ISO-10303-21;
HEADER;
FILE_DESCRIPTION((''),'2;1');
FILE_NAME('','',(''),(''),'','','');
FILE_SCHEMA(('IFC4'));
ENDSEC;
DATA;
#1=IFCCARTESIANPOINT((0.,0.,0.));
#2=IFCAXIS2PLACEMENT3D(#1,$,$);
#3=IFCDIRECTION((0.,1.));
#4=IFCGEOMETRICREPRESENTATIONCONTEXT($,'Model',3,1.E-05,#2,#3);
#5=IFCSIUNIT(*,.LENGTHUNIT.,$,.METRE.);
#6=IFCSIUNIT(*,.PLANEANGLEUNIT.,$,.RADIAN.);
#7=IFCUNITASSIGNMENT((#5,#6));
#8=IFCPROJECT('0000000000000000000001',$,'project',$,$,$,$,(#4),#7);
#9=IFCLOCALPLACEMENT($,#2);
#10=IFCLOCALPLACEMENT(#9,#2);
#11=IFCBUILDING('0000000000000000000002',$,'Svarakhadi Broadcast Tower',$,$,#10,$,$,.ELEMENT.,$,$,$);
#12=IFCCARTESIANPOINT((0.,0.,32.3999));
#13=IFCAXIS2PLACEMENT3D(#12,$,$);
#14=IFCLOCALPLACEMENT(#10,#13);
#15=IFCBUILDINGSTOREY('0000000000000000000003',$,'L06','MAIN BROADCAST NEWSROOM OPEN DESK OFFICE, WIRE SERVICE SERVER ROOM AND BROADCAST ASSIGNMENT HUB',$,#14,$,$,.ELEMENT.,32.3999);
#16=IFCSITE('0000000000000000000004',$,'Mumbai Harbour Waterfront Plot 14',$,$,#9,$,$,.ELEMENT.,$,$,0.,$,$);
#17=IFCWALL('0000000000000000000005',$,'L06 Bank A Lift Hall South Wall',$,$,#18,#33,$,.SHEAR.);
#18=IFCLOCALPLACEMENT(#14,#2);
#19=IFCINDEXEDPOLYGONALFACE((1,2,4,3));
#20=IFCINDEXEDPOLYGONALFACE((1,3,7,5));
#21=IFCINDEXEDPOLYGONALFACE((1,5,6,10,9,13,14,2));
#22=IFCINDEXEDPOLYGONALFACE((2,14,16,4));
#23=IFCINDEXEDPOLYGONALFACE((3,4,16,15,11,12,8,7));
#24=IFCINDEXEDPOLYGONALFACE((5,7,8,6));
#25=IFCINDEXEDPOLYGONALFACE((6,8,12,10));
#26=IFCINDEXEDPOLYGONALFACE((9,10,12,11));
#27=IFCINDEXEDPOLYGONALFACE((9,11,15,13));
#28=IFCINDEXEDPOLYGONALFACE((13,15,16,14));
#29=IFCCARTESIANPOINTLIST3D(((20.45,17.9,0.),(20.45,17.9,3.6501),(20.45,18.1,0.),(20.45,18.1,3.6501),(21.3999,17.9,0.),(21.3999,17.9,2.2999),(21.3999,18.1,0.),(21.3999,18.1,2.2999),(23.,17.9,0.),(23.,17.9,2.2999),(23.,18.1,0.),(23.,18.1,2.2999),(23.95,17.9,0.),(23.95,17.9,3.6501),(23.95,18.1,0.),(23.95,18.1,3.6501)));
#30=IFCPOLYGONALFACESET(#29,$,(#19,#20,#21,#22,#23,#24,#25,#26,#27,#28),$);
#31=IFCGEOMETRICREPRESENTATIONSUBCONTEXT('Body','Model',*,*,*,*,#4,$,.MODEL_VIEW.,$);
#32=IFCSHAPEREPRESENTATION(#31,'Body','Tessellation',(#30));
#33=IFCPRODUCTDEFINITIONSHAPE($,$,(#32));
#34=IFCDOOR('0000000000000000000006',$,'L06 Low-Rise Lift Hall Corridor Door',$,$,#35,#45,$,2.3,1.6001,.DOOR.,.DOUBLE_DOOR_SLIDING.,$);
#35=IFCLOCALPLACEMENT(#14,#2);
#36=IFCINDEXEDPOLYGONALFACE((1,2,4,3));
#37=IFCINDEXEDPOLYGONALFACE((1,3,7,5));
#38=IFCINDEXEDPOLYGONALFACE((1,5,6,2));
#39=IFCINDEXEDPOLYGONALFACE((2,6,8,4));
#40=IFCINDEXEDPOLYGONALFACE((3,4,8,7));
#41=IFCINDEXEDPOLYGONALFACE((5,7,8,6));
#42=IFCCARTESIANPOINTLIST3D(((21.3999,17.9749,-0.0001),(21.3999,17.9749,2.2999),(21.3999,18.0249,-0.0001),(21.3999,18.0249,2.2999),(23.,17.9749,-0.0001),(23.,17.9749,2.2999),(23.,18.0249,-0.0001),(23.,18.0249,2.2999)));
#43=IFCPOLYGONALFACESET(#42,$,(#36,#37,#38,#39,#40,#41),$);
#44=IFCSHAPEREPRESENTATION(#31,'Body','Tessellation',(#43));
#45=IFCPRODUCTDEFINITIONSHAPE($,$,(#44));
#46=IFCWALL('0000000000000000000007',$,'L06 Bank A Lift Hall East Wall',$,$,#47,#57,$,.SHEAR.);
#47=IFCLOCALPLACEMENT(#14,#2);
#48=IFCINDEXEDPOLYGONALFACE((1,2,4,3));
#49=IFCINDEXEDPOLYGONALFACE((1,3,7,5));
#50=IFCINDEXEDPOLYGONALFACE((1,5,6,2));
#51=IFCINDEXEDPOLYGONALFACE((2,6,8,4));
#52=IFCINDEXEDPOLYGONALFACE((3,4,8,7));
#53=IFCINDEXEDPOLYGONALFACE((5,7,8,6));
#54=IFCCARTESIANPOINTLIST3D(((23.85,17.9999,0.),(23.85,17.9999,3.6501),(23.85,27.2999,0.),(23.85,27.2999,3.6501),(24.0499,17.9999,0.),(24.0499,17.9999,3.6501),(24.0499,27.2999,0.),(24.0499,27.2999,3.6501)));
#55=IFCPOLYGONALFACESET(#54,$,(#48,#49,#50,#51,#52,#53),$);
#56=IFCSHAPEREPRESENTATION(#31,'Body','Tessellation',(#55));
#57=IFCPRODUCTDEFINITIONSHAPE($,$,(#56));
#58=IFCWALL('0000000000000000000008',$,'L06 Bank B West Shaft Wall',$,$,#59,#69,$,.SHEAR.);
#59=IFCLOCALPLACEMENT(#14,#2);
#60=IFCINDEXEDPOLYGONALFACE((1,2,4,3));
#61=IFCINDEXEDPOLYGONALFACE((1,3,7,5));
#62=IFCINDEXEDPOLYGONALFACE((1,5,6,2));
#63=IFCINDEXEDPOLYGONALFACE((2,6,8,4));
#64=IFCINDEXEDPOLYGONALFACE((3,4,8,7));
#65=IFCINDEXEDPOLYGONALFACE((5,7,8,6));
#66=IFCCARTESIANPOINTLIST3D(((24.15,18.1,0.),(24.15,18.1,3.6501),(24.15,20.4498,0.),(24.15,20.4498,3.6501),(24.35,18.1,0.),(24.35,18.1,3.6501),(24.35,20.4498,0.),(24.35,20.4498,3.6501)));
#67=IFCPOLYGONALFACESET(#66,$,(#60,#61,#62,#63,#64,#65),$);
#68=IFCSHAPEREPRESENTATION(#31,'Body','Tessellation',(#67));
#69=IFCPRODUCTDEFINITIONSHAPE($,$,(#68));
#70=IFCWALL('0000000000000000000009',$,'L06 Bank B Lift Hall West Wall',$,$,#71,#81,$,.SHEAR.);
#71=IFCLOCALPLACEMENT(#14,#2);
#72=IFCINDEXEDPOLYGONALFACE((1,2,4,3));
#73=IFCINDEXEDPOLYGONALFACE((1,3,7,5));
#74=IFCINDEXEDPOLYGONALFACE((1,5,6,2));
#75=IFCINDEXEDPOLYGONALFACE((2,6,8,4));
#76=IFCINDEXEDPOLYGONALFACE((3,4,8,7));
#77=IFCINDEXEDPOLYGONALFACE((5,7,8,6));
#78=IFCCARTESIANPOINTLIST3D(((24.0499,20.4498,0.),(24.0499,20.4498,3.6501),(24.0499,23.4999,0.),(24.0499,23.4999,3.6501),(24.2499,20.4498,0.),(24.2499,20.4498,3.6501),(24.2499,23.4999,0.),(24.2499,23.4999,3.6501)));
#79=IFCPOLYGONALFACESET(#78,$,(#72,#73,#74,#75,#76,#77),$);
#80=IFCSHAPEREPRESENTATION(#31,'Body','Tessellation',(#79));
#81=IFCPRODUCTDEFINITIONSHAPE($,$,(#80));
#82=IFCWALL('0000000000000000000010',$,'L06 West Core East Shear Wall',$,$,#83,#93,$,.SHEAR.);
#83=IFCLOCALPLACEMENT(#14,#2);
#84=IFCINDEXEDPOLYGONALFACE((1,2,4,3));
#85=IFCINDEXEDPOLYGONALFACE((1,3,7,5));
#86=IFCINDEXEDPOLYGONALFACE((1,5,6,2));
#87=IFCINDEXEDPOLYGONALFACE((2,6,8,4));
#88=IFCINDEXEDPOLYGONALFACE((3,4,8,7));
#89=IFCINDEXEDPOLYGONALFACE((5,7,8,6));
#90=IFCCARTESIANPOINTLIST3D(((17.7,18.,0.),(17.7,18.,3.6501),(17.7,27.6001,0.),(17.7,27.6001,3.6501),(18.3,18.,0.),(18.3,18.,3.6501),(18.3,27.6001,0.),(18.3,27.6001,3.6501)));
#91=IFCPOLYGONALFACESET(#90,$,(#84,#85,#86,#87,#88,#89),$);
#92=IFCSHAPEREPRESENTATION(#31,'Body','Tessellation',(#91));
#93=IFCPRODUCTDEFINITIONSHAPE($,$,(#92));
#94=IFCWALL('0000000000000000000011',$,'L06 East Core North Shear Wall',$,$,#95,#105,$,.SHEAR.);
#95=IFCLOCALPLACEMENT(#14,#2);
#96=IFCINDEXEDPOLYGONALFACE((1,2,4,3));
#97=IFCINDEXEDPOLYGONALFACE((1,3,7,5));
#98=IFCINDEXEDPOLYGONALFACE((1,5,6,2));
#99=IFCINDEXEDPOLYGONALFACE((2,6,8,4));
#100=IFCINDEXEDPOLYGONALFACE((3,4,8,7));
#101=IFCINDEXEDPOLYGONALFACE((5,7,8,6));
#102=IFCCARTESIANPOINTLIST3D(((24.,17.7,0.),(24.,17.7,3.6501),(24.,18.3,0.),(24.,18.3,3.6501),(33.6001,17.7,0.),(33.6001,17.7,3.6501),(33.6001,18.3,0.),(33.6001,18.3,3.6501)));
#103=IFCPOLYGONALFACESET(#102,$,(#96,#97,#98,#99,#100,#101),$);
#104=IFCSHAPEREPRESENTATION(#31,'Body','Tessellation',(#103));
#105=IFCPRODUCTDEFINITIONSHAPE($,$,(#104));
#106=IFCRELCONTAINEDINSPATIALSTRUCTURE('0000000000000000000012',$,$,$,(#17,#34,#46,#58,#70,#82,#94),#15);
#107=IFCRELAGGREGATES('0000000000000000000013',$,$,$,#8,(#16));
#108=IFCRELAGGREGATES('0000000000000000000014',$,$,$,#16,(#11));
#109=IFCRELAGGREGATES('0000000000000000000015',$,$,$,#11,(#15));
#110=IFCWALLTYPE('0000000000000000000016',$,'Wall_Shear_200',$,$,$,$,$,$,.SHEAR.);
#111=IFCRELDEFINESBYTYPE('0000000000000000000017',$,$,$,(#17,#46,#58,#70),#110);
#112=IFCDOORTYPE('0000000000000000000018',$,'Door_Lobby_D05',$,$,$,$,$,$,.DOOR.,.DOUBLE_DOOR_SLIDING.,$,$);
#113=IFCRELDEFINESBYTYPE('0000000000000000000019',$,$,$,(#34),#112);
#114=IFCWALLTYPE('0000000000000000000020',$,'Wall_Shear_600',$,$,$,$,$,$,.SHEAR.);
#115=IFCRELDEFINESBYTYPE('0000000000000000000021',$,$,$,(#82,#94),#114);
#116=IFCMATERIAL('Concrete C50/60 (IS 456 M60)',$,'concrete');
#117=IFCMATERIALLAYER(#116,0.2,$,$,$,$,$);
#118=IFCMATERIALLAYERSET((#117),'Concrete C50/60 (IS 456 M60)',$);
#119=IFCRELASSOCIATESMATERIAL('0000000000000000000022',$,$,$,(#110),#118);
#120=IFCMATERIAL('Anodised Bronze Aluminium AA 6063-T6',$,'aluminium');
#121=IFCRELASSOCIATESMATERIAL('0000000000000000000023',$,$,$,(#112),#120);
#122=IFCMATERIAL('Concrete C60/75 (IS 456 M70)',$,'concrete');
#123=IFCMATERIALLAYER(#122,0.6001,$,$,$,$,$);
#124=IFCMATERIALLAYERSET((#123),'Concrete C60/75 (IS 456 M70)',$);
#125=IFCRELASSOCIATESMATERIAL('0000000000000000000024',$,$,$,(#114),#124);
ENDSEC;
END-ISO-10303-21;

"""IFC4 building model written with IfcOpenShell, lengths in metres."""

from ifc_helpers import new_model, si_unit, direction, frame, frame_2d, origin, place, context, subcontext, project, spatial, rectangle, extrude, material, layer, layer_set, type_object, element, fill, save


model = new_model("IFC4")

# Units and contexts
model_context = context("Model", 3, precision=1e-05, world=origin(), true_north=direction((0.0, 1.0)))
body_context = subcontext(model_context, "Body", "Model", "MODEL_VIEW")
ifc_project = project(units=[si_unit("LENGTHUNIT", "METRE"), si_unit("PLANEANGLEUNIT", "RADIAN")], contexts=[model_context])

# Site, building, storey
site_placement = place(None, origin())
site = spatial("IfcSite", under=ifc_project, at=site_placement, Name="Mumbai Harbour Waterfront Plot 14", CompositionType="ELEMENT", RefElevation=0.0)
building_placement = place(site_placement, origin())
building = spatial("IfcBuilding", under=site, at=building_placement, Name="Svarakhadi Broadcast Tower", CompositionType="ELEMENT")
storey_placement = place(building_placement, frame((0.0, 0.0, 32.3999)))
storey = spatial("IfcBuildingStorey", under=building, at=storey_placement, Name="L06", Description="MAIN BROADCAST NEWSROOM OPEN DESK OFFICE, WIRE SERVICE SERVER ROOM AND BROADCAST ASSIGNMENT HUB", CompositionType="ELEMENT", Elevation=32.3999)

# Shared definitions
ifc_material_1 = material(Name="Concrete C60/75 (IS 456 M70)", Category="concrete")

# Shared definitions
ifc_material_2 = material(Name="Concrete C50/60 (IS 456 M60)", Category="concrete")
ifc_layer_1 = layer(ifc_material_2, 0.2)
ifc_layer_set_1 = layer_set([ifc_layer_1], Name="Concrete C50/60 (IS 456 M60)")
wall_type_1 = type_object("IfcWallType", Name="Wall_Shear_200", PredefinedType="SHEAR", material=ifc_layer_set_1)

# Wall, opening, door
wall_1_placement = place(storey_placement, frame((20.45, 18.0, 0.0), z_axis=(0.0, 0.0, 1.0), x_axis=(1.0, 0.0, 0.0)))
wall_1 = element("IfcWall", 1, at=wall_1_placement, inside=storey, type_object=wall_type_1, Name="L06 Bank A Lift Hall South Wall", PredefinedType="SHEAR", context=body_context, shape_type="SweptSolid", body=[
    extrude(rectangle(XDim=3.5, YDim=0.2, at=frame_2d((1.75, 0.0))), origin(), (0.0, 0.0, 1.0), 3.6501),
])
opening_1_placement = place(wall_1_placement, frame((0.95, 0.0, 0.0)))
opening_1 = element("IfcOpeningElement", 2, at=opening_1_placement, cuts=wall_1, PredefinedType="OPENING", context=body_context, shape_type="SweptSolid", body=[
    extrude(rectangle(XDim=1.6001, YDim=2.3, at=frame_2d((0.8, 1.1499))), frame((0.0, 0.1099, 0.0), z_axis=(0.0, -1.0, 0.0), x_axis=(1.0, 0.0, 0.0)), (0.0, 0.0, 1.0), 0.22),
])
ifc_material_3 = material(Name="Anodised Bronze Aluminium AA 6063-T6", Category="aluminium")
door_type_1 = type_object("IfcDoorType", Name="Door_Lobby_D05", OperationType="DOUBLE_DOOR_SLIDING", PredefinedType="DOOR", material=ifc_material_3)
door_1_placement = place(opening_1_placement, origin())
door_1 = element("IfcDoor", 3, at=door_1_placement, inside=storey, type_object=door_type_1, Name="L06 Low-Rise Lift Hall Corridor Door", OperationType="DOUBLE_DOOR_SLIDING", OverallHeight=2.3, OverallWidth=1.6001, PredefinedType="DOOR", context=body_context, shape_type="SweptSolid", body=[
    extrude(rectangle(XDim=1.6001, YDim=2.3, at=frame_2d((0.8, 1.1499))), frame((0.0, 0.0249, 0.0), z_axis=(0.0, -1.0, 0.0), x_axis=(1.0, 0.0, 0.0)), (0.0, 0.0, 1.0), 0.05),
])
fill(opening_1, door_1)

# Walls
wall_2_placement = place(storey_placement, frame((23.95, 18.0, 0.0), z_axis=(0.0, 0.0, 1.0), x_axis=(0.0, 1.0, 0.0)))
element("IfcWall", 4, at=wall_2_placement, inside=storey, type_object=wall_type_1, Name="L06 Bank A Lift Hall East Wall", PredefinedType="SHEAR", context=body_context, shape_type="SweptSolid", body=[
    extrude(rectangle(XDim=9.3, YDim=0.2, at=frame_2d((4.6499, 0.0))), origin(), (0.0, 0.0, 1.0), 3.6501),
])
wall_3_placement = place(storey_placement, frame((24.25, 18.1001, 0.0), z_axis=(0.0, 0.0, 1.0), x_axis=(0.0, 1.0, 0.0)))
element("IfcWall", 5, at=wall_3_placement, inside=storey, type_object=wall_type_1, Name="L06 Bank B West Shaft Wall", PredefinedType="SHEAR", context=body_context, shape_type="SweptSolid", body=[
    extrude(rectangle(XDim=2.3499, YDim=0.2, at=frame_2d((1.1748, 0.0))), origin(), (0.0, 0.0, 1.0), 3.6501),
])
wall_4_placement = place(storey_placement, frame((24.1499, 20.45, 0.0), z_axis=(0.0, 0.0, 1.0), x_axis=(0.0, 1.0, 0.0)))
element("IfcWall", 6, at=wall_4_placement, inside=storey, type_object=wall_type_1, Name="L06 Bank B Lift Hall West Wall", PredefinedType="SHEAR", context=body_context, shape_type="SweptSolid", body=[
    extrude(rectangle(XDim=3.05, YDim=0.2, at=frame_2d((1.5249, 0.0))), origin(), (0.0, 0.0, 1.0), 3.6501),
])
ifc_layer_2 = layer(ifc_material_1, 0.6001)
ifc_layer_set_2 = layer_set([ifc_layer_2], Name="Concrete C60/75 (IS 456 M70)")
wall_type_2 = type_object("IfcWallType", Name="Wall_Shear_600", PredefinedType="SHEAR", material=ifc_layer_set_2)
for number, where, z_axis, x_axis, name in (
    (7, (18.0, 18.0, 0.0), (0.0, 0.0, 1.0), (0.0, 1.0, 0.0), "L06 West Core East Shear Wall"),
    (8, (24.0, 18.0, 0.0), (0.0, 0.0, 1.0), (1.0, 0.0, 0.0), "L06 East Core North Shear Wall"),
):
    element("IfcWall", number, at=place(storey_placement, frame(where, z_axis=z_axis, x_axis=x_axis)), inside=storey, type_object=wall_type_2, Name=name, PredefinedType="SHEAR", context=body_context, shape_type="SweptSolid", body=[
        extrude(rectangle(XDim=9.6001, YDim=0.6001, at=frame_2d((4.8, 0.0))), origin(), (0.0, 0.0, 1.0), 3.6501),
    ])

save(model, "model.ifc")
